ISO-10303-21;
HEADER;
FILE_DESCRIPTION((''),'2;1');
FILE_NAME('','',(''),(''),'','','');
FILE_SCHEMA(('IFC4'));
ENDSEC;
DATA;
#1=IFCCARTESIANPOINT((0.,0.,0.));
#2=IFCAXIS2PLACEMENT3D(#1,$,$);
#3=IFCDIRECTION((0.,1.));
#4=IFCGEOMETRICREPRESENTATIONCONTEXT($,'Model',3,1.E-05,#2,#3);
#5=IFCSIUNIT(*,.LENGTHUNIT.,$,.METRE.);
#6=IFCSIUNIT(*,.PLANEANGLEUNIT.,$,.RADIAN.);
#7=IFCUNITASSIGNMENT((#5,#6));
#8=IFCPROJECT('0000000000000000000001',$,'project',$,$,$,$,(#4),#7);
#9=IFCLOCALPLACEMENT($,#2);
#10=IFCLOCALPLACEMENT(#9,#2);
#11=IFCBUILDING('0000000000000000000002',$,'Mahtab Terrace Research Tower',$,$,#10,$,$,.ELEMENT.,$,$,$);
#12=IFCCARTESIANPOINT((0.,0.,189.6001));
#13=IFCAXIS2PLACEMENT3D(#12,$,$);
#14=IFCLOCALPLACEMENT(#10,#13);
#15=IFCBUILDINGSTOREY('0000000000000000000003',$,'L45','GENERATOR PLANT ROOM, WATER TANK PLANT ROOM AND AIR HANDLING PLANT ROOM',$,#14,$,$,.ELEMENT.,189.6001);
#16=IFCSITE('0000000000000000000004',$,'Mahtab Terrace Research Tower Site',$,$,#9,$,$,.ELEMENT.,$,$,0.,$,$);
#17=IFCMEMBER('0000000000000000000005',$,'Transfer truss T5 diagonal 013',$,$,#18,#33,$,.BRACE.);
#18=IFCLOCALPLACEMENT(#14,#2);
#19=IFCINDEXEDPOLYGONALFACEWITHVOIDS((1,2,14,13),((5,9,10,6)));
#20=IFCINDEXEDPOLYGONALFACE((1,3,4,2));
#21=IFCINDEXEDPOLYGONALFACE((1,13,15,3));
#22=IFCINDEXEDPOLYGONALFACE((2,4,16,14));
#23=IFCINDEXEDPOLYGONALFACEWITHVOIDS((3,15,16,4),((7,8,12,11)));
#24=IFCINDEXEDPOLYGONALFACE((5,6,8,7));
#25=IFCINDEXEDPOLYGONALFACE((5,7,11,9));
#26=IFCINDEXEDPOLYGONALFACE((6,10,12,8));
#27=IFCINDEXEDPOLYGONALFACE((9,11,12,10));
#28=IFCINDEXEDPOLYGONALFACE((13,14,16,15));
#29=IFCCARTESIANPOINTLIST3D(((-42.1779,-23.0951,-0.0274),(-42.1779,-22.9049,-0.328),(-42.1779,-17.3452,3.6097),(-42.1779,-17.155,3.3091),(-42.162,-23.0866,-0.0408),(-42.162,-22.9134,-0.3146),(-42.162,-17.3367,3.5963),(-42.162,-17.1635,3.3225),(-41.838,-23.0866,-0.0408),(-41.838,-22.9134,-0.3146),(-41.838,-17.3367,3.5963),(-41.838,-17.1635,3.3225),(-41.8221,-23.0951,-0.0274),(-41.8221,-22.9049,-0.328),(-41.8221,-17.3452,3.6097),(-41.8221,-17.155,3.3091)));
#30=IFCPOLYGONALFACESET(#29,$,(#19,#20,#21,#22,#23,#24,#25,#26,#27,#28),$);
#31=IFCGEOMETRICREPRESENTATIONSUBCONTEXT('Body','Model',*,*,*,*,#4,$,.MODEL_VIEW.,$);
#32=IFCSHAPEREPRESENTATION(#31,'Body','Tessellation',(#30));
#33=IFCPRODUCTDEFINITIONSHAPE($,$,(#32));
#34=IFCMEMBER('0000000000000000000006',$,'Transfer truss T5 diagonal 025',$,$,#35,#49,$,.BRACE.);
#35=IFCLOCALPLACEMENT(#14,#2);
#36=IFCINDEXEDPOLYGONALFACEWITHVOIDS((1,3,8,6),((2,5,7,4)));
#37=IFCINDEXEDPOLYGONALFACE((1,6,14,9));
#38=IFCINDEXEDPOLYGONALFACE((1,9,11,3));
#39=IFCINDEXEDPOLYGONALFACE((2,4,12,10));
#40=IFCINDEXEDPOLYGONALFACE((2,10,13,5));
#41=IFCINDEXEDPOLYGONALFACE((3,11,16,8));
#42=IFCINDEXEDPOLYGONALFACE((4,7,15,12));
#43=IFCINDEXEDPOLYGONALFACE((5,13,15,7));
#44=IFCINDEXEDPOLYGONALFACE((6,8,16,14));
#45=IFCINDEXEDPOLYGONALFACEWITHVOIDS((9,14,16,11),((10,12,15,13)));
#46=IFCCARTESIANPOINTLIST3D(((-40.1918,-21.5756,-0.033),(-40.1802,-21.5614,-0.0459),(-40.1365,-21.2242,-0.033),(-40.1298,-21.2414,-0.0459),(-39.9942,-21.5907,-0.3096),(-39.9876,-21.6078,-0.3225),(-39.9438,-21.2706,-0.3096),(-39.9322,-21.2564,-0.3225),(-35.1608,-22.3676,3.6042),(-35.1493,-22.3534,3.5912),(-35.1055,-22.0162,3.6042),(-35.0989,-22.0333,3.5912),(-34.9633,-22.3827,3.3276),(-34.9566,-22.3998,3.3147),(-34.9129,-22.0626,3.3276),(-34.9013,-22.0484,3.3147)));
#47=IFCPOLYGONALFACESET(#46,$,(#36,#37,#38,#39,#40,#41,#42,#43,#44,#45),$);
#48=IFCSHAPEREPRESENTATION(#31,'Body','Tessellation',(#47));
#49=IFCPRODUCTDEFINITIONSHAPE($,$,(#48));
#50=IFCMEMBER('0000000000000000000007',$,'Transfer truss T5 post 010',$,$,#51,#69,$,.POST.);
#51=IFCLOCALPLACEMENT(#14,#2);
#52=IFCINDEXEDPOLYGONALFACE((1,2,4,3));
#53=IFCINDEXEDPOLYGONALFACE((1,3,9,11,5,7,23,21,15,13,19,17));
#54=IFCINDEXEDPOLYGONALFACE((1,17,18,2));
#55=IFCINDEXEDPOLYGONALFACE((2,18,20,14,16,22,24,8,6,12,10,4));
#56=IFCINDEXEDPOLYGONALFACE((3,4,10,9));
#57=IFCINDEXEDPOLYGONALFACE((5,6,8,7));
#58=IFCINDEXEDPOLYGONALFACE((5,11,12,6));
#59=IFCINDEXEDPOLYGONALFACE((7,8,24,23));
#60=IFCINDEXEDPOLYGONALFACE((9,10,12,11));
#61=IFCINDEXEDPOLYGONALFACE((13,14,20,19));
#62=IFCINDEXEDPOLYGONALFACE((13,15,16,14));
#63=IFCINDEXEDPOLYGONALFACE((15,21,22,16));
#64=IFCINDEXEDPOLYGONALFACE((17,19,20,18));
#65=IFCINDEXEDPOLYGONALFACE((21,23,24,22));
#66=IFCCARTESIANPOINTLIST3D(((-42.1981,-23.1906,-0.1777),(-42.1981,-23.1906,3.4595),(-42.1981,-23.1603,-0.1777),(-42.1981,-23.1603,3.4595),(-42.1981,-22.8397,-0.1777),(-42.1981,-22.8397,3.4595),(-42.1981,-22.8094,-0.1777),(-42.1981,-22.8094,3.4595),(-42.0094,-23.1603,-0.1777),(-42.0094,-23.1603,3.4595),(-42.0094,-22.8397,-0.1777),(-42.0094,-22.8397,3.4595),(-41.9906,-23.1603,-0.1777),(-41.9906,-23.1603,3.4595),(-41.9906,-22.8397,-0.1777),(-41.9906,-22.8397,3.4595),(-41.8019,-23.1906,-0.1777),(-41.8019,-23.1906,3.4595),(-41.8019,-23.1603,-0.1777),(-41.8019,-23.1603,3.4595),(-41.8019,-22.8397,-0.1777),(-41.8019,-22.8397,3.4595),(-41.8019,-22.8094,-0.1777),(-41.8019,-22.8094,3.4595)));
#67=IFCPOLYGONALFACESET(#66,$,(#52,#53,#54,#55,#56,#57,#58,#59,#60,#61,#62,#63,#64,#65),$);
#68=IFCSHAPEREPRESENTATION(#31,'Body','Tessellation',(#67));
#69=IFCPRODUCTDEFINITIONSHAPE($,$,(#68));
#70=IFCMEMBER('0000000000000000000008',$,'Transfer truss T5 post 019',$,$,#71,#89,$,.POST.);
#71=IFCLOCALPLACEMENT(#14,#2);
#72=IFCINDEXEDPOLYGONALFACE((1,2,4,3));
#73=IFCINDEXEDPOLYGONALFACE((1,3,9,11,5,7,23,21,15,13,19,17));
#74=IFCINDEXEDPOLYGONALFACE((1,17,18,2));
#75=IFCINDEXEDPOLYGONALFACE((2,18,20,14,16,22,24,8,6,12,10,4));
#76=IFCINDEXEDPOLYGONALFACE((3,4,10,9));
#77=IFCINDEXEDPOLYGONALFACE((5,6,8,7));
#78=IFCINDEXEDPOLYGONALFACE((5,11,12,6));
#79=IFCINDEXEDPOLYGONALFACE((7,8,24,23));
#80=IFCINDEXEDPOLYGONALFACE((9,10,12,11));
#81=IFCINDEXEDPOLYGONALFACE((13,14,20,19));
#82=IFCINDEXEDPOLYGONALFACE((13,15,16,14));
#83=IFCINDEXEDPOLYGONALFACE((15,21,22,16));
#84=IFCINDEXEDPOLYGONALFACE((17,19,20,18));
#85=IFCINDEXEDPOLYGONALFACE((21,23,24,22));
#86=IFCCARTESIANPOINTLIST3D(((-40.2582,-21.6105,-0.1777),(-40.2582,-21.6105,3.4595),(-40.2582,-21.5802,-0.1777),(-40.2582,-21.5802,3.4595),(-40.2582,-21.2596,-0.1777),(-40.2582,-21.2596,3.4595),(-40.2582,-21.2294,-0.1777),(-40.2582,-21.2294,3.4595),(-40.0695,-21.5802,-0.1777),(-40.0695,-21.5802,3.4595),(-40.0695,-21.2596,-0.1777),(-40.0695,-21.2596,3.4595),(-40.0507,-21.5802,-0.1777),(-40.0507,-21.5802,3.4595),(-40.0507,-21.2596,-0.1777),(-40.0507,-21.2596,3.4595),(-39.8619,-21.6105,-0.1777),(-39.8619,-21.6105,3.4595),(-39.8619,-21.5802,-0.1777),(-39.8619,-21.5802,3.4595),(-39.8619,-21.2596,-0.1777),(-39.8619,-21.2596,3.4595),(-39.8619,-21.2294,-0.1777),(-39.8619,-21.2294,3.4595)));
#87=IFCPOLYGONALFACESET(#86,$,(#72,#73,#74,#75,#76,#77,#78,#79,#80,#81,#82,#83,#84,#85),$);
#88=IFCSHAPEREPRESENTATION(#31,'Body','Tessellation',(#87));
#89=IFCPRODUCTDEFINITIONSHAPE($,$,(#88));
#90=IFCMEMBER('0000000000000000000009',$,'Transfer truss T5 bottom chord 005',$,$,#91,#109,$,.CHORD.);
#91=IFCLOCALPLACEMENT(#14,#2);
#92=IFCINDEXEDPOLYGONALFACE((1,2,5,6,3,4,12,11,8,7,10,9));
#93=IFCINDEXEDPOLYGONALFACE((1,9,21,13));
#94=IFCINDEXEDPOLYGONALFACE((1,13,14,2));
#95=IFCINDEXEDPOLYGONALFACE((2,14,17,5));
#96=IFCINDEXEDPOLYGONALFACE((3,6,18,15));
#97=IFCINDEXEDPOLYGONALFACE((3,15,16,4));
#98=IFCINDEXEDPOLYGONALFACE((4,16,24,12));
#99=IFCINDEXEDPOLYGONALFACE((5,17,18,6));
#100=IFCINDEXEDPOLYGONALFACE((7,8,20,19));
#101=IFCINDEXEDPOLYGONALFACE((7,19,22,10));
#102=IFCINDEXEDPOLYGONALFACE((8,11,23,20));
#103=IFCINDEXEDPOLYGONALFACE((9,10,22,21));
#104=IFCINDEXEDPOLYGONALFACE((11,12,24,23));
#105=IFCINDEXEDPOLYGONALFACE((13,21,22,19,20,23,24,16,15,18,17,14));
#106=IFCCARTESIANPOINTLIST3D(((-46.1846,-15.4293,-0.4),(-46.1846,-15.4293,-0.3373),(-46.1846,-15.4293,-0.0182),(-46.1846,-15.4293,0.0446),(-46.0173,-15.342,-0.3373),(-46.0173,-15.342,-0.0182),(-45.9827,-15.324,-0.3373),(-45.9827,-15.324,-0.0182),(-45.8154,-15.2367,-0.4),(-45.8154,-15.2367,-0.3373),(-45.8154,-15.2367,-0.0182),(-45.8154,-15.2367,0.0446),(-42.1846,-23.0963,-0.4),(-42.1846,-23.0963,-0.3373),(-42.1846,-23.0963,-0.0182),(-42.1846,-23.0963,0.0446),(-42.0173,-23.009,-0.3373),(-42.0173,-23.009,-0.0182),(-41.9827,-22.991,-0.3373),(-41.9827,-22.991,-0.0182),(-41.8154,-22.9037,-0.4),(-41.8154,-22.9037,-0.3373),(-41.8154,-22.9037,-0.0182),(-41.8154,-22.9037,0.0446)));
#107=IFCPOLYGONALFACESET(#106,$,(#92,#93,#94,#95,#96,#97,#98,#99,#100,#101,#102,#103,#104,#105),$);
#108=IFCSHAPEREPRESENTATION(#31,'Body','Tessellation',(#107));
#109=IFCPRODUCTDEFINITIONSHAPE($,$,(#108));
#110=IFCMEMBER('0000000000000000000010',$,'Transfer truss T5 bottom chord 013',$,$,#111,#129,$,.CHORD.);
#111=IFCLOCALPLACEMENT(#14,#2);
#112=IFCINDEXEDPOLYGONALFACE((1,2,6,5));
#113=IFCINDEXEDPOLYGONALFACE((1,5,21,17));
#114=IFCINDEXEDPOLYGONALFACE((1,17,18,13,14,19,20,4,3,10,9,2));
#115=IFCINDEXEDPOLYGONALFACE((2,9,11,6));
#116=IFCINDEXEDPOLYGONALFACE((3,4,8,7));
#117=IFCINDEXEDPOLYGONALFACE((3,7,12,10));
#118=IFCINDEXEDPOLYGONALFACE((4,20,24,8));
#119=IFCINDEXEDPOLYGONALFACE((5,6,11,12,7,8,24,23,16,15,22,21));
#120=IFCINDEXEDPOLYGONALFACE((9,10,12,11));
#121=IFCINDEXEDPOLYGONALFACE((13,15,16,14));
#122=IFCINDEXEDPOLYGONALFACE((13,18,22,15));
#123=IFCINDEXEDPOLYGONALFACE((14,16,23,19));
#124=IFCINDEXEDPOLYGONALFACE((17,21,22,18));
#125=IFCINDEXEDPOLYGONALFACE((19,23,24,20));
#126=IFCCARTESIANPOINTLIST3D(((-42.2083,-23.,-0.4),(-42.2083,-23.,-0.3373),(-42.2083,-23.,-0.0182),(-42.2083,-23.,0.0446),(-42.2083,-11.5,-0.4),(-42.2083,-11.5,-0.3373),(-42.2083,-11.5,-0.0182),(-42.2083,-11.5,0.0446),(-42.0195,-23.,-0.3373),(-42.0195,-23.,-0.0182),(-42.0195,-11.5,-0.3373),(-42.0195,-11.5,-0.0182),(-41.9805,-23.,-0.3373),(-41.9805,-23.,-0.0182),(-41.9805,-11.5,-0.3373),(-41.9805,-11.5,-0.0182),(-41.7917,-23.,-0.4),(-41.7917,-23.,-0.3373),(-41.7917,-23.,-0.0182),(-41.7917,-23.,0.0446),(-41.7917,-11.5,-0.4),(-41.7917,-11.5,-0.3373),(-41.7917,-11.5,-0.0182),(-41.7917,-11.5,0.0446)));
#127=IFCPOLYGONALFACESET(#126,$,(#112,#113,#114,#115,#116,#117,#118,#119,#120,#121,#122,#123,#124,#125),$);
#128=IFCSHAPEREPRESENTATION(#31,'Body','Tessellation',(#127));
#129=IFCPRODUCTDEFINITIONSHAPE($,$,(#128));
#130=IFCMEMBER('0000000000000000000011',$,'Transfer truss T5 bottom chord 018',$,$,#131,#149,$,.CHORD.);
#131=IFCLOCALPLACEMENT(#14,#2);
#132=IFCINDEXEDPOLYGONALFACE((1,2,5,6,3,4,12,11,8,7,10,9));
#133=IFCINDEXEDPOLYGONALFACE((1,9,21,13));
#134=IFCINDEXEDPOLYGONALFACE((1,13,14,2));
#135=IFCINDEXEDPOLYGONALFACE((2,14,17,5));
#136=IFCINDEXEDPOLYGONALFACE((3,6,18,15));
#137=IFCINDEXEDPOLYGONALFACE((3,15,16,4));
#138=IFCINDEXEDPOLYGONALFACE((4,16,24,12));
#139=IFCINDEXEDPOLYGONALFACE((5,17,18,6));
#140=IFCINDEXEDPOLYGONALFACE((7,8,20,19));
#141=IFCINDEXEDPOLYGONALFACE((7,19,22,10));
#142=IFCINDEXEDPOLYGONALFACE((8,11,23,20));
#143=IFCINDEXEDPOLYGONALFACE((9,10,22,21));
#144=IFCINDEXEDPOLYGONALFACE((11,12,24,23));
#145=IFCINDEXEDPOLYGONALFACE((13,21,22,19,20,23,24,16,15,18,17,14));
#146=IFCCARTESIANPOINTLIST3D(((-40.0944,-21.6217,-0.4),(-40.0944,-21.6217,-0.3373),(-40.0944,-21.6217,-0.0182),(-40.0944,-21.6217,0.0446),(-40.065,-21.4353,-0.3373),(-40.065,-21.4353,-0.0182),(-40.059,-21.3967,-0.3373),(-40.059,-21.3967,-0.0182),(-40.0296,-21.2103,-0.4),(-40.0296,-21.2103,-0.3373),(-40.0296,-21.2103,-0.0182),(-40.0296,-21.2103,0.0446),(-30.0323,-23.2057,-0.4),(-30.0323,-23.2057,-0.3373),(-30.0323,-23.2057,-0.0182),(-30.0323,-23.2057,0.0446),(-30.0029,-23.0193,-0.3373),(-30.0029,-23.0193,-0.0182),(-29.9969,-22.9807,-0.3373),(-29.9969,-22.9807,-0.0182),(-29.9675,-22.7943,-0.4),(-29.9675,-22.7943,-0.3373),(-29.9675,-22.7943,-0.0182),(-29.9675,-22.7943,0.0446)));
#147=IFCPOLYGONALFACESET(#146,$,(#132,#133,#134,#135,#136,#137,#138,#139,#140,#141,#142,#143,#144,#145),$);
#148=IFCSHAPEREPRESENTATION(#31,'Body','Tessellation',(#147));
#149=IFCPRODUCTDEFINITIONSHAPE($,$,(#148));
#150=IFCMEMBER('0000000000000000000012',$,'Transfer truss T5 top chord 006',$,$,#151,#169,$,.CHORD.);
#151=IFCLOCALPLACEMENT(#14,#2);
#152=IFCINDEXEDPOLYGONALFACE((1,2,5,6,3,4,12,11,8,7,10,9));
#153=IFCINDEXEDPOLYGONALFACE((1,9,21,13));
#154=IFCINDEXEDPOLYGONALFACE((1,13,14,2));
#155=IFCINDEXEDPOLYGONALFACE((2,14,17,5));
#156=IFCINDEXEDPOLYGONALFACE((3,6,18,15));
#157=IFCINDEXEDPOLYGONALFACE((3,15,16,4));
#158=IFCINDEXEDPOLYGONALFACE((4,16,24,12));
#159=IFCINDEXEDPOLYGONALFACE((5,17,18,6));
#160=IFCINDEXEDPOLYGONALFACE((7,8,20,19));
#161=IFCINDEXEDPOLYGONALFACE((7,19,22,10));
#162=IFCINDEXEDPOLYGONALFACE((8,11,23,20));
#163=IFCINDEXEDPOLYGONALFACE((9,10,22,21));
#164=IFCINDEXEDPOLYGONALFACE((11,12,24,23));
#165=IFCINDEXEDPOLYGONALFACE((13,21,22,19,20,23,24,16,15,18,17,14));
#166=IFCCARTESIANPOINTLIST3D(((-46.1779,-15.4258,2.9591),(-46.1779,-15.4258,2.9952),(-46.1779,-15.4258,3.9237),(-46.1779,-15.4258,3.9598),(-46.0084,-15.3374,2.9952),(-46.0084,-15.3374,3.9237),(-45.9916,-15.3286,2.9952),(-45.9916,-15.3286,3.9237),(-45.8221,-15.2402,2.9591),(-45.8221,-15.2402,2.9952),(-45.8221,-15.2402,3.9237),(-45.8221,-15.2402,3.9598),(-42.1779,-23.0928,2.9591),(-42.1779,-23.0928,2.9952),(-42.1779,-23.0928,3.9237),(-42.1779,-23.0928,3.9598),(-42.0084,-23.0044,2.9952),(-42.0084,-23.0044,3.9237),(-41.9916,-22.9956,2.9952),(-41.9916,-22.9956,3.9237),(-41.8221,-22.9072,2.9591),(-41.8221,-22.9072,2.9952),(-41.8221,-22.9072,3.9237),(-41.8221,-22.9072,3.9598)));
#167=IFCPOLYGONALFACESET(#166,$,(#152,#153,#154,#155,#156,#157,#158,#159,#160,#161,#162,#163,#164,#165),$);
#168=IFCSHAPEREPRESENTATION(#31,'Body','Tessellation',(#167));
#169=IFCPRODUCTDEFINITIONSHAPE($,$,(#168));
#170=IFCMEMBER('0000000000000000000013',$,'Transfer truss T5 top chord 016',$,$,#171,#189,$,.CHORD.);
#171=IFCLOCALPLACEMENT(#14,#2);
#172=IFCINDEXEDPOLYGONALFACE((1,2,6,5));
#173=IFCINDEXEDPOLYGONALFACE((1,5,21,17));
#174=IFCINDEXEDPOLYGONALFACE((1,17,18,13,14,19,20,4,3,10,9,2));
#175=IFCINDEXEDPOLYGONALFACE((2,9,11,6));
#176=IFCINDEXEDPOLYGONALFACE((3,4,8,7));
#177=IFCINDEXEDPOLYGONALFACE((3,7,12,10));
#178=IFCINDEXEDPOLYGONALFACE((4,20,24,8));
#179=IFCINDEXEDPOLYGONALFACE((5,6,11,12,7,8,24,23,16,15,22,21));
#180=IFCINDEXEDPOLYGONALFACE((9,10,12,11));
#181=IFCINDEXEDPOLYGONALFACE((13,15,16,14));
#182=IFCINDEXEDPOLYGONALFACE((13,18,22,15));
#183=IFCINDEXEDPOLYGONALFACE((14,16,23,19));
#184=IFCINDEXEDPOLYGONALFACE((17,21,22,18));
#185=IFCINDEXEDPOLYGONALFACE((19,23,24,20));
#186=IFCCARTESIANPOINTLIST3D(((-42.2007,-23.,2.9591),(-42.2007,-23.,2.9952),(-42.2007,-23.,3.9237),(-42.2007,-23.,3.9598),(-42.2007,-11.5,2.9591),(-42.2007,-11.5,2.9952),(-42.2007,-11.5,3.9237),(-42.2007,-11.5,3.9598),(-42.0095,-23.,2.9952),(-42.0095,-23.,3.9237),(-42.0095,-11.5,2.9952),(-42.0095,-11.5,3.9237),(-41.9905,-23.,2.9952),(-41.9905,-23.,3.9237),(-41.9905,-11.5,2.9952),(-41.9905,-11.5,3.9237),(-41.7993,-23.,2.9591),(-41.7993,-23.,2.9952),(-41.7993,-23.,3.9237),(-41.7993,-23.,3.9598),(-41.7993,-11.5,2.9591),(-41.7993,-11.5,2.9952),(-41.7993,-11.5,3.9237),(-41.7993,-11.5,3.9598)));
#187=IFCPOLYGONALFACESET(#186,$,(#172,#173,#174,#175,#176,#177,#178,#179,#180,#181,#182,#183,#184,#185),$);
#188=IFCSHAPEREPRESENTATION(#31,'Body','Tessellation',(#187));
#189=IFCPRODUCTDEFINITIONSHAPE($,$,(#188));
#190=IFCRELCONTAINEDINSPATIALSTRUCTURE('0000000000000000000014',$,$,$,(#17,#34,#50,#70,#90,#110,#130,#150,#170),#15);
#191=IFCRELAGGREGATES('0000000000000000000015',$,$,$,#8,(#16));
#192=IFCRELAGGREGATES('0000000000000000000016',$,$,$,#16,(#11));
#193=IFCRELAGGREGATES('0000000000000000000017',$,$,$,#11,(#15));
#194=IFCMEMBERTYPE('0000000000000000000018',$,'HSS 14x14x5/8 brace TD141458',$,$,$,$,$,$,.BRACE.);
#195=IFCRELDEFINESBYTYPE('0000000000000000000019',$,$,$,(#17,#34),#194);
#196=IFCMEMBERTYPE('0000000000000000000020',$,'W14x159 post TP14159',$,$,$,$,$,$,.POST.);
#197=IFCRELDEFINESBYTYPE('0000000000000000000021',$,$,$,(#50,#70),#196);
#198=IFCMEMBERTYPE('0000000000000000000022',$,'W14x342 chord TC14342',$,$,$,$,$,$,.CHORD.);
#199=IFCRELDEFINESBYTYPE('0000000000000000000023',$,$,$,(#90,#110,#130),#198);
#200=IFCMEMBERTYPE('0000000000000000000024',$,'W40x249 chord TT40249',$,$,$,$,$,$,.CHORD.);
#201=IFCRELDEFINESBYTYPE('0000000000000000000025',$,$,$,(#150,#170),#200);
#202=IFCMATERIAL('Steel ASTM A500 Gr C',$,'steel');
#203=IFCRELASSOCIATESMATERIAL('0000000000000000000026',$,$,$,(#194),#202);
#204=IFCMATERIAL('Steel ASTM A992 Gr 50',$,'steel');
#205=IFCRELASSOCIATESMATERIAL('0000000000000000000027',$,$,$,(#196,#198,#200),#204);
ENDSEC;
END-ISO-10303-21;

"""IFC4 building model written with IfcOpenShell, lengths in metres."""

from ifc_helpers import new_model, si_unit, direction, frame, origin, origin_2d, place, context, subcontext, project, spatial, hollow_rectangle, i_section, extrude, material, material_profile, profile_set, type_object, element, save


model = new_model("IFC4")

# Units and contexts
model_context = context("Model", 3, precision=1e-05, world=origin(), true_north=direction((0.0, 1.0)))
body_context = subcontext(model_context, "Body", "Model", "MODEL_VIEW")
ifc_project = project(units=[si_unit("LENGTHUNIT", "METRE"), si_unit("PLANEANGLEUNIT", "RADIAN")], contexts=[model_context])

# Site, building, storey
site_placement = place(None, origin())
site = spatial("IfcSite", under=ifc_project, at=site_placement, Name="Mahtab Terrace Research Tower Site", CompositionType="ELEMENT", RefElevation=0.0)
building_placement = place(site_placement, origin())
building = spatial("IfcBuilding", under=site, at=building_placement, Name="Mahtab Terrace Research Tower", CompositionType="ELEMENT")
storey_placement = place(building_placement, frame((0.0, 0.0, 189.6001)))
storey = spatial("IfcBuildingStorey", under=building, at=storey_placement, Name="L45", Description="GENERATOR PLANT ROOM, WATER TANK PLANT ROOM AND AIR HANDLING PLANT ROOM", CompositionType="ELEMENT", Elevation=189.6001)

# Members
ifc_material_1 = material(Name="Steel ASTM A500 Gr C", Category="steel")
ifc_material_profile_1 = material_profile(ifc_material_1, hollow_rectangle(XDim=0.3557, YDim=0.3557, WallThickness=0.0159, at=origin_2d()), Name="HSS14X14X5/8")
ifc_profile_set_1 = profile_set([ifc_material_profile_1], Name="Steel ASTM A500 Gr C")
member_type_1 = type_object("IfcMemberType", Name="HSS 14x14x5/8 brace TD141458", PredefinedType="BRACE", material=ifc_profile_set_1)
member_1_placement = place(storey_placement, frame((-42.0, -23.0, -0.1777), z_axis=(0.0, 0.845115, 0.534584), x_axis=(-1.0, 0.0, 0.0)))
element("IfcMember", 1, at=member_1_placement, inside=storey, type_object=member_type_1, Name="Transfer truss T5 diagonal 013", PredefinedType="BRACE", context=body_context, shape_type="SweptSolid", body=[
    extrude(hollow_rectangle(XDim=0.3557, YDim=0.3557, WallThickness=0.0159, at=origin_2d()), origin(), (0.0, 0.0, 1.0), 6.8037),
])
member_2_placement = place(storey_placement, frame((-40.062, -21.416, -0.1777), z_axis=(0.803881, -0.126549, 0.581172), x_axis=(0.155507, 0.987835, 0.0)))
element("IfcMember", 2, at=member_2_placement, inside=storey, type_object=member_type_1, Name="Transfer truss T5 diagonal 025", PredefinedType="BRACE", context=body_context, shape_type="SweptSolid", body=[
    extrude(hollow_rectangle(XDim=0.3557, YDim=0.3557, WallThickness=0.0159, at=origin_2d()), origin(), (0.0, 0.0, 1.0), 6.2583),
])
ifc_material_2 = material(Name="Steel ASTM A992 Gr 50", Category="steel")
ifc_material_profile_2 = material_profile(ifc_material_2, i_section(OverallWidth=0.3962, OverallDepth=0.3811, WebThickness=0.0188, FlangeThickness=0.0303, at=origin_2d()), Name="W14X159")
ifc_profile_set_2 = profile_set([ifc_material_profile_2], Name="Steel ASTM A992 Gr 50")
member_type_2 = type_object("IfcMemberType", Name="W14x159 post TP14159", PredefinedType="POST", material=ifc_profile_set_2)
for number, where, z_axis, x_axis, name in (
    (3, (-42.0, -23.0, -0.1777), (0.0, 0.0, 1.0), (1.0, 0.0, 0.0), "Transfer truss T5 post 010"),
    (4, (-40.0601, -21.4199, -0.1777), (0.0, 0.0, 1.0), (1.0, 0.0, 0.0), "Transfer truss T5 post 019"),
):
    element("IfcMember", number, at=place(storey_placement, frame(where, z_axis=z_axis, x_axis=x_axis)), inside=storey, type_object=member_type_2, Name=name, PredefinedType="POST", context=body_context, shape_type="SweptSolid", body=[
        extrude(i_section(OverallWidth=0.3962, OverallDepth=0.3811, WebThickness=0.0188, FlangeThickness=0.0303, at=origin_2d()), origin(), (0.0, 0.0, 1.0), 3.6372),
    ])
ifc_material_profile_3 = material_profile(ifc_material_2, i_section(OverallWidth=0.4165, OverallDepth=0.4446, WebThickness=0.0391, FlangeThickness=0.0627, at=origin_2d()), Name="W14X342")
ifc_profile_set_3 = profile_set([ifc_material_profile_3], Name="Steel ASTM A992 Gr 50")
member_type_3 = type_object("IfcMemberType", Name="W14x342 chord TC14342", PredefinedType="CHORD", material=ifc_profile_set_3)
member_3_placement = place(storey_placement, frame((-42.0, -23.0, -0.1777), z_axis=(-0.462551, 0.886593, 0.0), x_axis=(-0.886593, -0.462551, 0.0)))
element("IfcMember", 5, at=member_3_placement, inside=storey, type_object=member_type_3, Name="Transfer truss T5 bottom chord 005", PredefinedType="CHORD", context=body_context, shape_type="SweptSolid", body=[
    extrude(i_section(OverallWidth=0.4165, OverallDepth=0.4446, WebThickness=0.0391, FlangeThickness=0.0627, at=origin_2d()), origin(), (0.0, 0.0, 1.0), 8.6477),
])
member_4_placement = place(storey_placement, frame((-42.0, -23.0, -0.1777), z_axis=(0.0, 1.0, 0.0), x_axis=(-1.0, 0.0, 0.0)))
element("IfcMember", 6, at=member_4_placement, inside=storey, type_object=member_type_3, Name="Transfer truss T5 bottom chord 013", PredefinedType="CHORD", context=body_context, shape_type="SweptSolid", body=[
    extrude(i_section(OverallWidth=0.4165, OverallDepth=0.4446, WebThickness=0.0391, FlangeThickness=0.0627, at=origin_2d()), origin(), (0.0, 0.0, 1.0), 11.5),
])
member_5_placement = place(storey_placement, frame((-40.062, -21.416, -0.1777), z_axis=(0.987835, -0.155507, 0.0), x_axis=(0.155507, 0.987835, 0.0)))
element("IfcMember", 7, at=member_5_placement, inside=storey, type_object=member_type_3, Name="Transfer truss T5 bottom chord 018", PredefinedType="CHORD", context=body_context, shape_type="SweptSolid", body=[
    extrude(i_section(OverallWidth=0.4165, OverallDepth=0.4446, WebThickness=0.0391, FlangeThickness=0.0627, at=origin_2d()), origin(), (0.0, 0.0, 1.0), 10.186),
])
ifc_material_profile_4 = material_profile(ifc_material_2, i_section(OverallWidth=0.4014, OverallDepth=1.0007, WebThickness=0.019, FlangeThickness=0.0361, at=origin_2d()), Name="W40X249")
ifc_profile_set_4 = profile_set([ifc_material_profile_4], Name="Steel ASTM A992 Gr 50")
member_type_4 = type_object("IfcMemberType", Name="W40x249 chord TT40249", PredefinedType="CHORD", material=ifc_profile_set_4)
member_6_placement = place(storey_placement, frame((-42.0, -23.0, 3.4595), z_axis=(-0.462551, 0.886593, 0.0), x_axis=(-0.886593, -0.462551, 0.0)))
element("IfcMember", 8, at=member_6_placement, inside=storey, type_object=member_type_4, Name="Transfer truss T5 top chord 006", PredefinedType="CHORD", context=body_context, shape_type="SweptSolid", body=[
    extrude(i_section(OverallWidth=0.4014, OverallDepth=1.0007, WebThickness=0.019, FlangeThickness=0.0361, at=origin_2d()), origin(), (0.0, 0.0, 1.0), 8.6477),
])
member_7_placement = place(storey_placement, frame((-42.0, -23.0, 3.4595), z_axis=(0.0, 1.0, 0.0), x_axis=(-1.0, 0.0, 0.0)))
element("IfcMember", 9, at=member_7_placement, inside=storey, type_object=member_type_4, Name="Transfer truss T5 top chord 016", PredefinedType="CHORD", context=body_context, shape_type="SweptSolid", body=[
    extrude(i_section(OverallWidth=0.4014, OverallDepth=1.0007, WebThickness=0.019, FlangeThickness=0.0361, at=origin_2d()), origin(), (0.0, 0.0, 1.0), 11.5),
])

save(model, "model.ifc")
